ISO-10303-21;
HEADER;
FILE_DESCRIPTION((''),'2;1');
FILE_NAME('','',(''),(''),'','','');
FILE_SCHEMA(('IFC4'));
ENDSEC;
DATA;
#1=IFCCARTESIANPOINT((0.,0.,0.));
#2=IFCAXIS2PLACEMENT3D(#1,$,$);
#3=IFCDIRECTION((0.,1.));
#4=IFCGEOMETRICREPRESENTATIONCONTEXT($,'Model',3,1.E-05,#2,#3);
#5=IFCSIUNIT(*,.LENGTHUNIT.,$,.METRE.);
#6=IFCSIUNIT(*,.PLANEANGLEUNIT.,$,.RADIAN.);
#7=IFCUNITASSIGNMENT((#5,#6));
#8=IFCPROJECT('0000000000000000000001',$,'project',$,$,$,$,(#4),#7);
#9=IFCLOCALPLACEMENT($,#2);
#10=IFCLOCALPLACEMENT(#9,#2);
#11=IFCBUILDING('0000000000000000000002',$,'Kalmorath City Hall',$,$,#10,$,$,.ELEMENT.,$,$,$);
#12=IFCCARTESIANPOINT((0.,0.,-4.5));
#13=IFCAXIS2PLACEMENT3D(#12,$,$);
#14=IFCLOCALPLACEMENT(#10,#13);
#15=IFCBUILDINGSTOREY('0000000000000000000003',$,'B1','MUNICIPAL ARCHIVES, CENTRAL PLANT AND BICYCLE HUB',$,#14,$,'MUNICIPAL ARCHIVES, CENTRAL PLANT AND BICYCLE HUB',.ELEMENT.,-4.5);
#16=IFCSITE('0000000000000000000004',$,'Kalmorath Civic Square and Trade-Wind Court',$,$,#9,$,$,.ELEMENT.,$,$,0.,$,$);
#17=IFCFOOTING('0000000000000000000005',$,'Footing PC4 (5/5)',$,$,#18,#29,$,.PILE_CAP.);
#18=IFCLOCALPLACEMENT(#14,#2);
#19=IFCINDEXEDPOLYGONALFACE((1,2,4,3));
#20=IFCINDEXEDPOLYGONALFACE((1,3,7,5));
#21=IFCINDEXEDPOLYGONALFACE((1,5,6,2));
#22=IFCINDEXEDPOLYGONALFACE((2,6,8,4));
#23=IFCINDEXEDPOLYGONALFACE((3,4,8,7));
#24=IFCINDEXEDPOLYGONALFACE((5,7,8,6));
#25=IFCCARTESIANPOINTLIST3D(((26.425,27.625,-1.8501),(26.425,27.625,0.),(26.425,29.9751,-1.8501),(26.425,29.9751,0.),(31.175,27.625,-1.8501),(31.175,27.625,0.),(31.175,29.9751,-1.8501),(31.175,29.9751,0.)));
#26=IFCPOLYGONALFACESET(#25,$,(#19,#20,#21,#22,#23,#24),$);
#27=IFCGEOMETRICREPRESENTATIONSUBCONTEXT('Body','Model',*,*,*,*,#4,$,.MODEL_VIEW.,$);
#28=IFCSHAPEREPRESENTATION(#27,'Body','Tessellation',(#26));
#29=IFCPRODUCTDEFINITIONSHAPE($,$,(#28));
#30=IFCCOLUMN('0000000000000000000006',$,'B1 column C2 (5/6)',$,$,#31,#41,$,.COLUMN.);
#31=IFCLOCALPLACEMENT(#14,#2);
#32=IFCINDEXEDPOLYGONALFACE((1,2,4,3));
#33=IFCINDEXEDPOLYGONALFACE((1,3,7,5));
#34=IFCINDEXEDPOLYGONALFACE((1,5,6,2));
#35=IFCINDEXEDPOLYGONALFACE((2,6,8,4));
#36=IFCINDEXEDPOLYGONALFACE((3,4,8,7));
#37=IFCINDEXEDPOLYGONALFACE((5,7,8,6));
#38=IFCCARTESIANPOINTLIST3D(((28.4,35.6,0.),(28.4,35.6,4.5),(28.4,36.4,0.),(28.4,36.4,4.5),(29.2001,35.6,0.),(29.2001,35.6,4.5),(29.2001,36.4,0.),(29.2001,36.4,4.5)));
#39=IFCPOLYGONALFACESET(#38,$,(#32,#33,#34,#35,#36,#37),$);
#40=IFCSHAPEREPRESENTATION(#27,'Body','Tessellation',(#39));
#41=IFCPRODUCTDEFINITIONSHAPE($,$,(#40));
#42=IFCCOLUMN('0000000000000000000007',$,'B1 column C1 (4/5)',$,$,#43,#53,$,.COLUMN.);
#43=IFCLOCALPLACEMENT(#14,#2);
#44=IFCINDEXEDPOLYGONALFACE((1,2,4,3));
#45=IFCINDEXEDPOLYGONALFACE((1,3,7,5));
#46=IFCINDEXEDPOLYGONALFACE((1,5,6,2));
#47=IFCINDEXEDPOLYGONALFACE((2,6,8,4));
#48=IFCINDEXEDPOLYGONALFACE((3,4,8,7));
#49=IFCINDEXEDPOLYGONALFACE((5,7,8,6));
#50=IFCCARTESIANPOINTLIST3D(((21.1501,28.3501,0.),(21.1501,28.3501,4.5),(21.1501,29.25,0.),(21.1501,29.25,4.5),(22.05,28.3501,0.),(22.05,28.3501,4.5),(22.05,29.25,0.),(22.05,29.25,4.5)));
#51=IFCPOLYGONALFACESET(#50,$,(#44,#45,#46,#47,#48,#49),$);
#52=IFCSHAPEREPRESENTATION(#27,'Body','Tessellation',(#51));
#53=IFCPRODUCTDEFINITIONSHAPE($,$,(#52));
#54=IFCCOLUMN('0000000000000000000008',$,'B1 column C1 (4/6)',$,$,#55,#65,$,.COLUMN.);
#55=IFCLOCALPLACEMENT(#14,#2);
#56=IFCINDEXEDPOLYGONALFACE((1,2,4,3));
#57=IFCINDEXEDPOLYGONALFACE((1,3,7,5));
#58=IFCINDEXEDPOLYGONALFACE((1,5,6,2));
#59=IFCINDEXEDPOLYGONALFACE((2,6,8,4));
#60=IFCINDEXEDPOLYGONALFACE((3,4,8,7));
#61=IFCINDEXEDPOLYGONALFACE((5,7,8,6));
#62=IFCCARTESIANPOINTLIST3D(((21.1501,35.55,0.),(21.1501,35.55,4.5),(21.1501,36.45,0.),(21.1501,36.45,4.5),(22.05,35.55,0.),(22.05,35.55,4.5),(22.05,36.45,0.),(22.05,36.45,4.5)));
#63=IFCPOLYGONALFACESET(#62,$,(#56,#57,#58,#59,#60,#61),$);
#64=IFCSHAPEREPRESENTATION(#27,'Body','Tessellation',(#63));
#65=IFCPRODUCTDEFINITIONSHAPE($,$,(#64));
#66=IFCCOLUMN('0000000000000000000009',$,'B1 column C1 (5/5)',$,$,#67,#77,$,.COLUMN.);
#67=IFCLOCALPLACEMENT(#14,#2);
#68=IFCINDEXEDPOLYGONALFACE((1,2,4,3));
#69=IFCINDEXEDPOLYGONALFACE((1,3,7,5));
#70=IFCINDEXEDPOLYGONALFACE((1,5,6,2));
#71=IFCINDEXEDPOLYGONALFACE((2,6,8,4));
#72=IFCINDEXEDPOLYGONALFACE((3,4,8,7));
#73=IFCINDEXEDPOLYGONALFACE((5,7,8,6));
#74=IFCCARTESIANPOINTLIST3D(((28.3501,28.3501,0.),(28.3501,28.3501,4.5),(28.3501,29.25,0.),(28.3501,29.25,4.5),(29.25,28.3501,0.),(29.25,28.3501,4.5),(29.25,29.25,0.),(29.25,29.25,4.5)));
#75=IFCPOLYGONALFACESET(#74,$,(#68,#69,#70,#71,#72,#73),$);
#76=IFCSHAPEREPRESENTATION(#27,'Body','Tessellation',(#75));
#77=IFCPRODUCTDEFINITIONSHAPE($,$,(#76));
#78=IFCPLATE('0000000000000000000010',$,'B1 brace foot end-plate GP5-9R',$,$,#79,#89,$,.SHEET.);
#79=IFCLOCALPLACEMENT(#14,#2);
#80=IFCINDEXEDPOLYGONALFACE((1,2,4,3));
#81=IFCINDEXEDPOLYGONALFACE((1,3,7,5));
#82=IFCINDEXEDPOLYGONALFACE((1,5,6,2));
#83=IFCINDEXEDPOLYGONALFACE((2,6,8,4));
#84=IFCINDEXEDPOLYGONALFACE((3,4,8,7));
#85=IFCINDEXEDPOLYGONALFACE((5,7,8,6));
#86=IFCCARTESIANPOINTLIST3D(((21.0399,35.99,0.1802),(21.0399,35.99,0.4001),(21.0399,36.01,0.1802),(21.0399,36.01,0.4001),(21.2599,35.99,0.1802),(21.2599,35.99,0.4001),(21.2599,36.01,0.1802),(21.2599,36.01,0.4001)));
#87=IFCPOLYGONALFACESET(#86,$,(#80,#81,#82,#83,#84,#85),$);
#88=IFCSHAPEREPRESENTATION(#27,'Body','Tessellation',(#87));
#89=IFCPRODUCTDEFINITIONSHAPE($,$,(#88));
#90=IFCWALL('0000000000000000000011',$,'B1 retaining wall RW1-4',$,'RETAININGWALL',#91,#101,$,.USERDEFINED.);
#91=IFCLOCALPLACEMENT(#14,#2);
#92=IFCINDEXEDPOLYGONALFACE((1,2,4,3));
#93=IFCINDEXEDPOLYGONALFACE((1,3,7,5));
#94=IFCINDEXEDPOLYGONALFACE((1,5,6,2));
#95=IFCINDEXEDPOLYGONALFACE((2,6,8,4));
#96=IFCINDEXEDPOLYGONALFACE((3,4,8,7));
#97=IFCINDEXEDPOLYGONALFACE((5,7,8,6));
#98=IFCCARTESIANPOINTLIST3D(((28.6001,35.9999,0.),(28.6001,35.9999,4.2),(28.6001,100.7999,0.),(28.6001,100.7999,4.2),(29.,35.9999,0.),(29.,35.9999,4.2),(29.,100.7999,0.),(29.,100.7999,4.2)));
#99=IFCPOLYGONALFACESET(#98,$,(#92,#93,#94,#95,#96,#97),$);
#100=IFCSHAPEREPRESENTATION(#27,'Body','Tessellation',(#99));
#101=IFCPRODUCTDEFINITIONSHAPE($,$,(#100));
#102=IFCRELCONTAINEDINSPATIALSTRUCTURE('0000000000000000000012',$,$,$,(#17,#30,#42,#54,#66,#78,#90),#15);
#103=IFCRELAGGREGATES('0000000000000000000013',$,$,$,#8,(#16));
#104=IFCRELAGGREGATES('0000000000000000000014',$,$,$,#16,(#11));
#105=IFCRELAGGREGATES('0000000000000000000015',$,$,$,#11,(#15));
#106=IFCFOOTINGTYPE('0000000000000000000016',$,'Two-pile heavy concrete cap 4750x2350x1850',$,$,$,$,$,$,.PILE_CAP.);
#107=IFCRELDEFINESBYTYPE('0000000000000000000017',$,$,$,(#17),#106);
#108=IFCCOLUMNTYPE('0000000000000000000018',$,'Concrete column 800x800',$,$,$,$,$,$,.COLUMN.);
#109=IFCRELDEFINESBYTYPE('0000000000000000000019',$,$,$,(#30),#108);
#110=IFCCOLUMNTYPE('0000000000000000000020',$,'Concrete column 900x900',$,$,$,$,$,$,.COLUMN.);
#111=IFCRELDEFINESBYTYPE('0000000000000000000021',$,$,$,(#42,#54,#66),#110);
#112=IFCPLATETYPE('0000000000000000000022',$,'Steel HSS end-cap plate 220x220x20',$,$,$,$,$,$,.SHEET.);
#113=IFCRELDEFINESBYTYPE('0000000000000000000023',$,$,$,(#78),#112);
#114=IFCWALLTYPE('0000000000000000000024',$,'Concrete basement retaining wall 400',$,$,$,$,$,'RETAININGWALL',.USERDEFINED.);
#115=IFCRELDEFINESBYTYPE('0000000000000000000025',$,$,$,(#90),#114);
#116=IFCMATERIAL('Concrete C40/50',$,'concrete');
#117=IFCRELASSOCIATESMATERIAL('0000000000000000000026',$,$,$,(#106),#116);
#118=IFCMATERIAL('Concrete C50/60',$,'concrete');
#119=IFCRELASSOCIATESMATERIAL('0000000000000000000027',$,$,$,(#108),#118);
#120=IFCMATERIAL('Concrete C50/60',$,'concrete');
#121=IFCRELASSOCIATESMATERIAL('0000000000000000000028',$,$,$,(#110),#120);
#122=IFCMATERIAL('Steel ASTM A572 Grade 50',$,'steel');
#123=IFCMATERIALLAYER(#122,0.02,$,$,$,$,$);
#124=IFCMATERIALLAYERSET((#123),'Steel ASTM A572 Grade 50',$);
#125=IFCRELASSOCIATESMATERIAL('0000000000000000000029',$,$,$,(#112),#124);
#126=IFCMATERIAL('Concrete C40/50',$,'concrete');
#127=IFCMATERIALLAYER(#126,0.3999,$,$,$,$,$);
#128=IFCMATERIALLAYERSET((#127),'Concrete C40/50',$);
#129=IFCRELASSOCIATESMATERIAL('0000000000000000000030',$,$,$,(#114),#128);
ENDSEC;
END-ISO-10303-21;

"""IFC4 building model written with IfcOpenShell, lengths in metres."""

from ifc_helpers import new_model, si_unit, direction, frame, frame_2d, origin, origin_2d, place, context, subcontext, project, spatial, rectangle, extrude, material, layer, layer_set, material_profile, profile_set, type_object, element, save


model = new_model("IFC4")

# Units and contexts
model_context = context("Model", 3, precision=1e-05, world=origin(), true_north=direction((0.0, 1.0)))
body_context = subcontext(model_context, "Body", "Model", "MODEL_VIEW")
ifc_project = project(units=[si_unit("LENGTHUNIT", "METRE"), si_unit("PLANEANGLEUNIT", "RADIAN")], contexts=[model_context])

# Site, building, storey
site_placement = place(None, origin())
site = spatial("IfcSite", under=ifc_project, at=site_placement, Name="Kalmorath Civic Square and Trade-Wind Court", CompositionType="ELEMENT", RefElevation=0.0)
building_placement = place(site_placement, origin())
building = spatial("IfcBuilding", under=site, at=building_placement, Name="Kalmorath City Hall", CompositionType="ELEMENT")
storey_placement = place(building_placement, frame((0.0, 0.0, -4.5)))
storey = spatial("IfcBuildingStorey", under=building, at=storey_placement, Name="B1", Description="MUNICIPAL ARCHIVES, CENTRAL PLANT AND BICYCLE HUB", LongName="MUNICIPAL ARCHIVES, CENTRAL PLANT AND BICYCLE HUB", CompositionType="ELEMENT", Elevation=-4.5)

# Footing
ifc_material_1 = material(Name="Concrete C40/50", Category="concrete")
footing_type_1 = type_object("IfcFootingType", Name="Two-pile heavy concrete cap 4750x2350x1850", PredefinedType="PILE_CAP", material=ifc_material_1)
for number, where, z_axis, x_axis, name in (
    (1, (28.8, 28.8, -1.8501), (0.0, 0.0, 1.0), (1.0, 0.0, 0.0), "Footing PC4 (5/5)"),
):
    element("IfcFooting", number, at=place(storey_placement, frame(where, z_axis=z_axis, x_axis=x_axis)), inside=storey, type_object=footing_type_1, Name=name, PredefinedType="PILE_CAP", context=body_context, shape_type="SweptSolid", body=[
        extrude(rectangle(XDim=4.75, YDim=2.3501, at=origin_2d()), origin(), (0.0, 0.0, 1.0), 1.8501),
    ])

# Columns
ifc_material_2 = material(Name="Concrete C50/60", Category="concrete")
ifc_material_profile_1 = material_profile(ifc_material_2, rectangle(XDim=0.8, YDim=0.8, at=origin_2d()), Name="RC-COL-800X800")
ifc_profile_set_1 = profile_set([ifc_material_profile_1], Name="Concrete C50/60")
column_type_1 = type_object("IfcColumnType", Name="Concrete column 800x800", PredefinedType="COLUMN", material=ifc_profile_set_1)
column_placement = place(storey_placement, frame((28.8, 36.0, 0.0), z_axis=(0.0, 0.0, 1.0), x_axis=(1.0, 0.0, 0.0)))
element("IfcColumn", 2, at=column_placement, inside=storey, type_object=column_type_1, Name="B1 column C2 (5/6)", PredefinedType="COLUMN", context=body_context, shape_type="SweptSolid", body=[
    extrude(rectangle(XDim=0.8, YDim=0.8, at=origin_2d()), origin(), (0.0, 0.0, 1.0), 4.5),
])
ifc_material_3 = material(Name="Concrete C50/60", Category="concrete")
ifc_material_profile_2 = material_profile(ifc_material_3, rectangle(XDim=0.8999, YDim=0.8999, at=origin_2d()), Name="RC-COL-900X900")
ifc_profile_set_2 = profile_set([ifc_material_profile_2], Name="Concrete C50/60")
column_type_2 = type_object("IfcColumnType", Name="Concrete column 900x900", PredefinedType="COLUMN", material=ifc_profile_set_2)
for number, where, z_axis, x_axis, name in (
    (3, (21.6001, 28.8, 0.0), (0.0, 0.0, 1.0), (1.0, 0.0, 0.0), "B1 column C1 (4/5)"),
    (4, (21.6001, 36.0, 0.0), (0.0, 0.0, 1.0), (1.0, 0.0, 0.0), "B1 column C1 (4/6)"),
    (5, (28.8, 28.8, 0.0), (0.0, 0.0, 1.0), (1.0, 0.0, 0.0), "B1 column C1 (5/5)"),
):
    element("IfcColumn", number, at=place(storey_placement, frame(where, z_axis=z_axis, x_axis=x_axis)), inside=storey, type_object=column_type_2, Name=name, PredefinedType="COLUMN", context=body_context, shape_type="SweptSolid", body=[
        extrude(rectangle(XDim=0.8999, YDim=0.8999, at=origin_2d()), origin(), (0.0, 0.0, 1.0), 4.5),
    ])

# Plate
ifc_material_4 = material(Name="Steel ASTM A572 Grade 50", Category="steel")
ifc_layer_1 = layer(ifc_material_4, 0.02)
ifc_layer_set_1 = layer_set([ifc_layer_1], Name="Steel ASTM A572 Grade 50")
plate_type = type_object("IfcPlateType", Name="Steel HSS end-cap plate 220x220x20", PredefinedType="SHEET", material=ifc_layer_set_1)
plate_placement = place(storey_placement, frame((21.1499, 36.0, 0.1802), z_axis=(0.0, 0.0, 1.0), x_axis=(1.0, 0.0, 0.0)))
element("IfcPlate", 6, at=plate_placement, inside=storey, type_object=plate_type, Name="B1 brace foot end-plate GP5-9R", PredefinedType="SHEET", context=body_context, shape_type="SweptSolid", body=[
    extrude(rectangle(XDim=0.22, YDim=0.02, at=origin_2d()), origin(), (0.0, 0.0, 1.0), 0.22),
])

# Wall
ifc_material_5 = material(Name="Concrete C40/50", Category="concrete")
ifc_layer_2 = layer(ifc_material_5, 0.3999)
ifc_layer_set_2 = layer_set([ifc_layer_2], Name="Concrete C40/50")
wall_type = type_object("IfcWallType", Name="Concrete basement retaining wall 400", ElementType="RETAININGWALL", PredefinedType="USERDEFINED", material=ifc_layer_set_2)
wall_placement = place(storey_placement, frame((28.8, 36.0, 0.0), z_axis=(0.0, 0.0, 1.0), x_axis=(0.0, 1.0, 0.0)))
element("IfcWall", 7, at=wall_placement, inside=storey, type_object=wall_type, Name="B1 retaining wall RW1-4", ObjectType="RETAININGWALL", PredefinedType="USERDEFINED", context=body_context, shape_type="SweptSolid", body=[
    extrude(rectangle(XDim=64.8, YDim=0.3999, at=frame_2d((32.3999, 0.0))), origin(), (0.0, 0.0, 1.0), 4.2),
])

save(model, "model.ifc")
